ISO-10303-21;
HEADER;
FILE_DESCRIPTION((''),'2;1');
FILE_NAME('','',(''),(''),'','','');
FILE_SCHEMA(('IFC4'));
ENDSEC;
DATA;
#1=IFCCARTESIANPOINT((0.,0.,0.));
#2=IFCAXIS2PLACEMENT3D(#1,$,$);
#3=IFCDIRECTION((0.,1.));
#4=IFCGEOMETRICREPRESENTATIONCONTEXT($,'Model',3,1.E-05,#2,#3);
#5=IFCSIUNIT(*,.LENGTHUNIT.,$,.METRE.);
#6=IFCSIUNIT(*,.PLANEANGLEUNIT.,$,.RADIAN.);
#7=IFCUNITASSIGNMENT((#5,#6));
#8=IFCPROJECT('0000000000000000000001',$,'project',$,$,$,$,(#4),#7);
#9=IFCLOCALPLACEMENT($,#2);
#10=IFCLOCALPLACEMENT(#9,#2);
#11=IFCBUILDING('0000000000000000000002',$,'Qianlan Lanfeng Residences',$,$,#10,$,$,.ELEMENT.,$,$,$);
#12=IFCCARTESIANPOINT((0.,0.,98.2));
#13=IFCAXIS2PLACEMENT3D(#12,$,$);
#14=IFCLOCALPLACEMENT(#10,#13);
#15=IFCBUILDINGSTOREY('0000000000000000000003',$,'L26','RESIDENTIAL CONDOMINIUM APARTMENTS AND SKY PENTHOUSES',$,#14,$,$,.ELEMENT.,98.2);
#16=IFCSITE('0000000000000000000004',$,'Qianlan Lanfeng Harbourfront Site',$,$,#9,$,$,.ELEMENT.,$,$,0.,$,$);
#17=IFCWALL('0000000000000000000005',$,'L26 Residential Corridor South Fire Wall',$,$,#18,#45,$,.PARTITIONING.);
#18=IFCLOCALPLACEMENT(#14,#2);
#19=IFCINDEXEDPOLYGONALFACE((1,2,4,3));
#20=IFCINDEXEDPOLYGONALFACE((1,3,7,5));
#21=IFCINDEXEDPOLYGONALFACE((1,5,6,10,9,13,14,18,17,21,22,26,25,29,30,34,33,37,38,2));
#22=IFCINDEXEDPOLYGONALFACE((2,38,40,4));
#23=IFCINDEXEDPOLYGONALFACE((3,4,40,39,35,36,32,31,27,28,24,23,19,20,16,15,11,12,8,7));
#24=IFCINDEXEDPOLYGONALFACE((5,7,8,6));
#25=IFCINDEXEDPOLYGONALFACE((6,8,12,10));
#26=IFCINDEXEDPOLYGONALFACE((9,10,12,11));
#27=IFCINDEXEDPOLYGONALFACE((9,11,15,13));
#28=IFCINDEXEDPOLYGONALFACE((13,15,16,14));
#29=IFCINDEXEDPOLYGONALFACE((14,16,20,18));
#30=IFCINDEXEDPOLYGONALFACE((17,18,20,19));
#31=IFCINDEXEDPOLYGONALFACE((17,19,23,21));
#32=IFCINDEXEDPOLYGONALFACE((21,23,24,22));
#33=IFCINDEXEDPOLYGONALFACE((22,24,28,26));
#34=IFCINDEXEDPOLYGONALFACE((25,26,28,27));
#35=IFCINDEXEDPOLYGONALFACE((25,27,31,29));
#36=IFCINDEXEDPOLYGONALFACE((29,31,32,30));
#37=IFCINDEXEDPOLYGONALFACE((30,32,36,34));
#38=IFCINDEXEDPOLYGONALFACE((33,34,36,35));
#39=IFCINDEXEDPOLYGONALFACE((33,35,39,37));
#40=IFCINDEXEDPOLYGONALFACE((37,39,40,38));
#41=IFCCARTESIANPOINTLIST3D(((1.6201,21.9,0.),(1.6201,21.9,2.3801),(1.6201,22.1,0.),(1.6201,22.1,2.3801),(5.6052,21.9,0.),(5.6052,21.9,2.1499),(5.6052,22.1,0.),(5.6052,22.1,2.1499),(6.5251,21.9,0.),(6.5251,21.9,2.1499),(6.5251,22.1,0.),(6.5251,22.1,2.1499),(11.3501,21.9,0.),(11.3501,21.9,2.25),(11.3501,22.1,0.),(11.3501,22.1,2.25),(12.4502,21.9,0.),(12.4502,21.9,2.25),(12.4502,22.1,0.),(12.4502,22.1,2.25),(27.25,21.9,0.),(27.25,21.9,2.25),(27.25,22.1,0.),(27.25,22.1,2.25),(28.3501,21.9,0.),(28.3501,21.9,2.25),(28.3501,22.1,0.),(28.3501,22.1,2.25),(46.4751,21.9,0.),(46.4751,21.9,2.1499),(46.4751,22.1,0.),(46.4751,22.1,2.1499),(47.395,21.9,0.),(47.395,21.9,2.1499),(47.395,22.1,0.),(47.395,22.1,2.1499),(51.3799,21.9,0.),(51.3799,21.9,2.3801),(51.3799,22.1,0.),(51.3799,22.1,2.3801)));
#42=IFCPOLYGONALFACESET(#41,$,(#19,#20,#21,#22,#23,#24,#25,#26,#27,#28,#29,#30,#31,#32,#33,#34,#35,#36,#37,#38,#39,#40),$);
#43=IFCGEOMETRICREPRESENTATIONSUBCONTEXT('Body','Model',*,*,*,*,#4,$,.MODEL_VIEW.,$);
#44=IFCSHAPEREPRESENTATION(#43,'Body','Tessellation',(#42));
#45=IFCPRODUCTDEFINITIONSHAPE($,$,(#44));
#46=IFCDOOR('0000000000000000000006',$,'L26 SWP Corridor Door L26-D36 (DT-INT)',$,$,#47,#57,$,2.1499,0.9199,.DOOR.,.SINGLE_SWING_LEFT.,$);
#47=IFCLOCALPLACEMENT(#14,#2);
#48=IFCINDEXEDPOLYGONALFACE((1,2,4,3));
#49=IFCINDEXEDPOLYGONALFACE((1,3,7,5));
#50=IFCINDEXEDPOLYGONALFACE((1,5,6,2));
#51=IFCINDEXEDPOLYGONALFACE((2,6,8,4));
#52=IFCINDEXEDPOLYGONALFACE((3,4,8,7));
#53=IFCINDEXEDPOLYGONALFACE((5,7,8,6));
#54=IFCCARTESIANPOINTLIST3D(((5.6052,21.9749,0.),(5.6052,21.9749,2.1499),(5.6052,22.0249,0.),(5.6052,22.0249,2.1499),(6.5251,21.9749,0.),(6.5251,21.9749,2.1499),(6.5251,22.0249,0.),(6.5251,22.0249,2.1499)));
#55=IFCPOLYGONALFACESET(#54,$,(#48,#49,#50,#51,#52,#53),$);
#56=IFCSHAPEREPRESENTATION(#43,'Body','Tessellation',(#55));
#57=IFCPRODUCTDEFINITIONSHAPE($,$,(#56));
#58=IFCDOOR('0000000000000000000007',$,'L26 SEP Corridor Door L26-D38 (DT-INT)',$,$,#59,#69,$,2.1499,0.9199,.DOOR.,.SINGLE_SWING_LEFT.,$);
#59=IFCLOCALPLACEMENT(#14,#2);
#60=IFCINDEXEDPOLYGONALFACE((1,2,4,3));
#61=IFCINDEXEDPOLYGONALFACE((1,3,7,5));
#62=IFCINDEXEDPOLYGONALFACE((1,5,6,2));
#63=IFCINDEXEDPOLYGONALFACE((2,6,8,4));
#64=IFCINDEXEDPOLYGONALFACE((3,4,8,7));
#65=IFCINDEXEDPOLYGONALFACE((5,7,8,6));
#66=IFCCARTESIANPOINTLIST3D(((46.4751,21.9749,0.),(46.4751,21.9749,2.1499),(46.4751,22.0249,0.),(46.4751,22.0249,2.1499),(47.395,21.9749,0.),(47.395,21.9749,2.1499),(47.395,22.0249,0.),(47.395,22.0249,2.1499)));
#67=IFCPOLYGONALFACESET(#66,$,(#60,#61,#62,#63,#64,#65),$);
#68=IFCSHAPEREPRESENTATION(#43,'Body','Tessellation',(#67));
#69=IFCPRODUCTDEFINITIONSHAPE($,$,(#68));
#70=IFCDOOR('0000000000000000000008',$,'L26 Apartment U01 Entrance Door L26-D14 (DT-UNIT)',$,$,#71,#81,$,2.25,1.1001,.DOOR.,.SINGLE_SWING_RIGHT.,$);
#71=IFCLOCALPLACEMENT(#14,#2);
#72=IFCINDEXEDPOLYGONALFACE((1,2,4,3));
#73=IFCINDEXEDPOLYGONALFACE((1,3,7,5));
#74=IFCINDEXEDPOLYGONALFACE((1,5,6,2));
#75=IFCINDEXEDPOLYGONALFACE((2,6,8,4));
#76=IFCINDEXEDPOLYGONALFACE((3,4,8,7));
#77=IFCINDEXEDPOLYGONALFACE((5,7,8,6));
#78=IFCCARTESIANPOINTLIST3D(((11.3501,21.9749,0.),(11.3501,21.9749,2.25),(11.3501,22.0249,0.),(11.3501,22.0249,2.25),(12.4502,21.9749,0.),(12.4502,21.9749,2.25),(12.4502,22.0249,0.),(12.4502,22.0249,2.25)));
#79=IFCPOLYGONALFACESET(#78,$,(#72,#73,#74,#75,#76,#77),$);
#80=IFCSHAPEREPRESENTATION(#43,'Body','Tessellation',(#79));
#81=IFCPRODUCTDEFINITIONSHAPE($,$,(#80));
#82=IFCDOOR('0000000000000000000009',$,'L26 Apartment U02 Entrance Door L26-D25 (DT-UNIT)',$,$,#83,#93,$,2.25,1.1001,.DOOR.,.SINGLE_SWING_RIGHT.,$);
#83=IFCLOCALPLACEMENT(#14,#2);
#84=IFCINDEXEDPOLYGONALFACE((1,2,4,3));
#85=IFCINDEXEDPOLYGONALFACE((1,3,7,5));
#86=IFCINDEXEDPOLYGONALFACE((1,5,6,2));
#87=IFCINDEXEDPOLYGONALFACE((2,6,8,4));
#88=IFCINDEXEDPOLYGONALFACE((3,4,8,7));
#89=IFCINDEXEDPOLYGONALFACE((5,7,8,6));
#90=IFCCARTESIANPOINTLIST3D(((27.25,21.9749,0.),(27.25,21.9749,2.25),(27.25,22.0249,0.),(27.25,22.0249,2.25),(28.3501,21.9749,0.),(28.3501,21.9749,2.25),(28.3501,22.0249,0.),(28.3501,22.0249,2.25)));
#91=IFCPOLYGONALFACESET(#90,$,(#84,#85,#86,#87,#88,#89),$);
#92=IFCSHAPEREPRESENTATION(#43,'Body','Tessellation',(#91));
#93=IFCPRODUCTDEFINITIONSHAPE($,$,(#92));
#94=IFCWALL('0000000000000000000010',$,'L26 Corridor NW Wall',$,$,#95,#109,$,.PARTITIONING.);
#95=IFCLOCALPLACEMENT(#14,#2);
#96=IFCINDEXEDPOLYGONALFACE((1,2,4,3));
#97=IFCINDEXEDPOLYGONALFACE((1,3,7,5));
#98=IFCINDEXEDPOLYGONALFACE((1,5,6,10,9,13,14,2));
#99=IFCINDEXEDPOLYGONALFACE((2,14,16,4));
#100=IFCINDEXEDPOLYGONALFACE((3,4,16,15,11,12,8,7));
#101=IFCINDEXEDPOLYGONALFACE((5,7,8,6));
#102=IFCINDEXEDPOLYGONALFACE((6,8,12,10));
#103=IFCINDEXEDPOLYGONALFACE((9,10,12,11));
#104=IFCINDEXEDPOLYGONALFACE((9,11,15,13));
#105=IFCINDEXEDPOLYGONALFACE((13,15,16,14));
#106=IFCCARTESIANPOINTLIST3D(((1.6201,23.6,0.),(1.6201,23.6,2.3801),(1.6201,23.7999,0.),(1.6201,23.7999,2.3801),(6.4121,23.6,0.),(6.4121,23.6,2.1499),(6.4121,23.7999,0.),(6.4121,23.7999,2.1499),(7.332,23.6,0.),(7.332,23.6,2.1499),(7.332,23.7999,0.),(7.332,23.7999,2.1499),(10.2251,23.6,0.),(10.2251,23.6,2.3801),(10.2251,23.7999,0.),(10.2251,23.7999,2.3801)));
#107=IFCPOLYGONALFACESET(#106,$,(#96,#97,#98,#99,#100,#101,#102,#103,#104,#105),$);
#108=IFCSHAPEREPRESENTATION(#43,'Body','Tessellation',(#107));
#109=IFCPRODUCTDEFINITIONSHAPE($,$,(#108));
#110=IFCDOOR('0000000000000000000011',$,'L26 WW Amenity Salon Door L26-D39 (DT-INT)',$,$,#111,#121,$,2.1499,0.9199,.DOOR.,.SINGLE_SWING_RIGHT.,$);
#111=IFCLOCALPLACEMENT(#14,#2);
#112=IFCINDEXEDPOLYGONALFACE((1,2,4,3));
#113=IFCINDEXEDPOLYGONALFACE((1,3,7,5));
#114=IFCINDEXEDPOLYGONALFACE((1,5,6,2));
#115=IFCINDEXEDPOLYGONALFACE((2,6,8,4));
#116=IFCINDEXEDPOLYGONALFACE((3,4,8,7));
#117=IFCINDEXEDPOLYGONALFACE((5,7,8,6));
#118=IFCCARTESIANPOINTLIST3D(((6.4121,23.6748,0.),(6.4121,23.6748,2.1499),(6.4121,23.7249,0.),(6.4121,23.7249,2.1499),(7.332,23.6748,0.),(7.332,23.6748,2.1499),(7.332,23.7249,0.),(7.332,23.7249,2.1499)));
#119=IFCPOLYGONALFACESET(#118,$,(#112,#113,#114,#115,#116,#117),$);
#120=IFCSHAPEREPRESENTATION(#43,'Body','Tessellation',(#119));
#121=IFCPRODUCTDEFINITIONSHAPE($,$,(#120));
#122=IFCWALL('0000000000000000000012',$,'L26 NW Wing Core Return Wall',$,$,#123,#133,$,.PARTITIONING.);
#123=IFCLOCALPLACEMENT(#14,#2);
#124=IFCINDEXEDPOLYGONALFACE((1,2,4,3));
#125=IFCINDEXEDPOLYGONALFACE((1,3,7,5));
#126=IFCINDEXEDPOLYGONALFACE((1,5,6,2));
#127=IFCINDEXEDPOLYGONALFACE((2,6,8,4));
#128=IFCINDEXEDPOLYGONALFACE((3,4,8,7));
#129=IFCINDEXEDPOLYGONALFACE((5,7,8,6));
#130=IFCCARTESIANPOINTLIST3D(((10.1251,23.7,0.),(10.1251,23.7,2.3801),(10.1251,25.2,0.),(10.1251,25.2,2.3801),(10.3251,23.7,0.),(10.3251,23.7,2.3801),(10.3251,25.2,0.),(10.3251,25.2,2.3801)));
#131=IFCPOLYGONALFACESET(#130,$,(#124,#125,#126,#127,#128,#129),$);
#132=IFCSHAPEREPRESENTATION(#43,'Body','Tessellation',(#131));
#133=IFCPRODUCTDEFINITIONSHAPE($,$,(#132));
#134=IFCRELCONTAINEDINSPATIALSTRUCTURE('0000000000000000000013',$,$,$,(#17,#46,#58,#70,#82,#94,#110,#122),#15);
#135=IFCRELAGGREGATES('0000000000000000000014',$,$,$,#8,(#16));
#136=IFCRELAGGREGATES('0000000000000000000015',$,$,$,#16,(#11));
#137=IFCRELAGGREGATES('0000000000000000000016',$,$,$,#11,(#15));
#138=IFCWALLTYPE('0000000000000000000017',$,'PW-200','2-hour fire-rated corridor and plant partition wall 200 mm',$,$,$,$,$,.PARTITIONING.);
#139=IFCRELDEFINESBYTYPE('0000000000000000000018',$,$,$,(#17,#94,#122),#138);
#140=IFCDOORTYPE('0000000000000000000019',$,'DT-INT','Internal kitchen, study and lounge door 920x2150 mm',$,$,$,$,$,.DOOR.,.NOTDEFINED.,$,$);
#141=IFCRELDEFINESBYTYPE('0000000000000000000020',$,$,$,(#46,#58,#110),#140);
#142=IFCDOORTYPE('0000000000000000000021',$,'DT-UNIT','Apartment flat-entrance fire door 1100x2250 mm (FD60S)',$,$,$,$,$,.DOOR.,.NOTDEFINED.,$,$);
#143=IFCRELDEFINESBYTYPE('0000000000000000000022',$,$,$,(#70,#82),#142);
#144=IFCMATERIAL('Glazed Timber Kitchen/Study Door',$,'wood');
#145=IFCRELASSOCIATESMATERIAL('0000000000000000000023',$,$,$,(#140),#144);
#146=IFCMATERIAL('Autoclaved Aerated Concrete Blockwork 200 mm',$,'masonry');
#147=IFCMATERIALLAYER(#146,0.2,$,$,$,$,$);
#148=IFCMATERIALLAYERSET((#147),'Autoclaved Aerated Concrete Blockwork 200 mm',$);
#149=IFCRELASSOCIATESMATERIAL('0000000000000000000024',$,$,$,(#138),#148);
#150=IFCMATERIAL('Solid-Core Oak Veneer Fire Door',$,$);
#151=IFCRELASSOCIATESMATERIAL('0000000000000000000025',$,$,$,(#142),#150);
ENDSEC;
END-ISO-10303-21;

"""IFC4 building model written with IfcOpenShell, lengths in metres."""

from ifc_helpers import new_model, si_unit, direction, frame, frame_2d, origin, place, context, subcontext, project, spatial, rectangle, extrude, material, layer, layer_set, type_object, element, fill, save


model = new_model("IFC4")

# Units and contexts
model_context = context("Model", 3, precision=1e-05, world=origin(), true_north=direction((0.0, 1.0)))
body_context = subcontext(model_context, "Body", "Model", "MODEL_VIEW")
ifc_project = project(units=[si_unit("LENGTHUNIT", "METRE"), si_unit("PLANEANGLEUNIT", "RADIAN")], contexts=[model_context])

# Site, building, storey
site_placement = place(None, origin())
site = spatial("IfcSite", under=ifc_project, at=site_placement, Name="Qianlan Lanfeng Harbourfront Site", CompositionType="ELEMENT", RefElevation=0.0)
building_placement = place(site_placement, origin())
building = spatial("IfcBuilding", under=site, at=building_placement, Name="Qianlan Lanfeng Residences", CompositionType="ELEMENT")
storey_placement = place(building_placement, frame((0.0, 0.0, 98.2)))
storey = spatial("IfcBuildingStorey", under=building, at=storey_placement, Name="L26", Description="RESIDENTIAL CONDOMINIUM APARTMENTS AND SKY PENTHOUSES", CompositionType="ELEMENT", Elevation=98.2)

# Shared definitions
ifc_material_1 = material(Name="Glazed Timber Kitchen/Study Door", Category="wood")
door_type_1 = type_object("IfcDoorType", Name="DT-INT", Description="Internal kitchen, study and lounge door 920x2150 mm", OperationType="NOTDEFINED", PredefinedType="DOOR", material=ifc_material_1)

# Wall, openings, doors
ifc_material_2 = material(Name="Autoclaved Aerated Concrete Blockwork 200 mm", Category="masonry")
ifc_layer_1 = layer(ifc_material_2, 0.2)
ifc_layer_set_1 = layer_set([ifc_layer_1], Name="Autoclaved Aerated Concrete Blockwork 200 mm")
wall_type_1 = type_object("IfcWallType", Name="PW-200", Description="2-hour fire-rated corridor and plant partition wall 200 mm", PredefinedType="PARTITIONING", material=ifc_layer_set_1)
wall_1_placement = place(storey_placement, frame((1.6201, 22.0, 0.0), z_axis=(0.0, 0.0, 1.0), x_axis=(1.0, 0.0, 0.0)))
wall_1 = element("IfcWall", 1, at=wall_1_placement, inside=storey, type_object=wall_type_1, Name="L26 Residential Corridor South Fire Wall", PredefinedType="PARTITIONING", context=body_context, shape_type="SweptSolid", body=[
    extrude(rectangle(XDim=49.7598, YDim=0.2, at=frame_2d((24.8799, 0.0))), origin(), (0.0, 0.0, 1.0), 2.3801),
])
opening_1_placement = place(wall_1_placement, frame((9.73, 0.0, 0.0)))
opening_1 = element("IfcOpeningElement", 2, at=opening_1_placement, cuts=wall_1, PredefinedType="OPENING", context=body_context, shape_type="SweptSolid", body=[
    extrude(rectangle(XDim=1.1001, YDim=2.25, at=frame_2d((0.55, 1.125))), frame((0.0, 0.1099, 0.0), z_axis=(0.0, -1.0, 0.0), x_axis=(1.0, 0.0, 0.0)), (0.0, 0.0, 1.0), 0.22),
])
opening_2_placement = place(wall_1_placement, frame((25.6299, 0.0, 0.0)))
opening_2 = element("IfcOpeningElement", 3, at=opening_2_placement, cuts=wall_1, PredefinedType="OPENING", context=body_context, shape_type="SweptSolid", body=[
    extrude(rectangle(XDim=1.1001, YDim=2.25, at=frame_2d((0.55, 1.125))), frame((0.0, 0.1099, 0.0), z_axis=(0.0, -1.0, 0.0), x_axis=(1.0, 0.0, 0.0)), (0.0, 0.0, 1.0), 0.22),
])
opening_3_placement = place(wall_1_placement, frame((3.9851, 0.0, 0.0)))
opening_3 = element("IfcOpeningElement", 4, at=opening_3_placement, cuts=wall_1, PredefinedType="OPENING", context=body_context, shape_type="SweptSolid", body=[
    extrude(rectangle(XDim=0.9199, YDim=2.1499, at=frame_2d((0.46, 1.075))), frame((0.0, 0.1099, 0.0), z_axis=(0.0, -1.0, 0.0), x_axis=(1.0, 0.0, 0.0)), (0.0, 0.0, 1.0), 0.22),
])
opening_4_placement = place(wall_1_placement, frame((44.855, 0.0, 0.0)))
opening_4 = element("IfcOpeningElement", 5, at=opening_4_placement, cuts=wall_1, PredefinedType="OPENING", context=body_context, shape_type="SweptSolid", body=[
    extrude(rectangle(XDim=0.9199, YDim=2.1499, at=frame_2d((0.46, 1.075))), frame((0.0, 0.1099, 0.0), z_axis=(0.0, -1.0, 0.0), x_axis=(1.0, 0.0, 0.0)), (0.0, 0.0, 1.0), 0.22),
])
door_1_placement = place(opening_3_placement, origin())
door_1 = element("IfcDoor", 6, at=door_1_placement, inside=storey, type_object=door_type_1, Name="L26 SWP Corridor Door L26-D36 (DT-INT)", OperationType="SINGLE_SWING_LEFT", OverallHeight=2.1499, OverallWidth=0.9199, PredefinedType="DOOR", context=body_context, shape_type="SweptSolid", body=[
    extrude(rectangle(XDim=0.9199, YDim=2.1499, at=frame_2d((0.46, 1.075))), frame((0.0, 0.0249, 0.0), z_axis=(0.0, -1.0, 0.0), x_axis=(1.0, 0.0, 0.0)), (0.0, 0.0, 1.0), 0.05),
])
fill(opening_3, door_1)
door_2_placement = place(opening_4_placement, origin())
door_2 = element("IfcDoor", 7, at=door_2_placement, inside=storey, type_object=door_type_1, Name="L26 SEP Corridor Door L26-D38 (DT-INT)", OperationType="SINGLE_SWING_LEFT", OverallHeight=2.1499, OverallWidth=0.9199, PredefinedType="DOOR", context=body_context, shape_type="SweptSolid", body=[
    extrude(rectangle(XDim=0.9199, YDim=2.1499, at=frame_2d((0.46, 1.075))), frame((0.0, 0.0249, 0.0), z_axis=(0.0, -1.0, 0.0), x_axis=(1.0, 0.0, 0.0)), (0.0, 0.0, 1.0), 0.05),
])
fill(opening_4, door_2)
ifc_material_3 = material(Name="Solid-Core Oak Veneer Fire Door")
door_type_2 = type_object("IfcDoorType", Name="DT-UNIT", Description="Apartment flat-entrance fire door 1100x2250 mm (FD60S)", OperationType="NOTDEFINED", PredefinedType="DOOR", material=ifc_material_3)
door_3_placement = place(opening_1_placement, origin())
door_3 = element("IfcDoor", 8, at=door_3_placement, inside=storey, type_object=door_type_2, Name="L26 Apartment U01 Entrance Door L26-D14 (DT-UNIT)", OperationType="SINGLE_SWING_RIGHT", OverallHeight=2.25, OverallWidth=1.1001, PredefinedType="DOOR", context=body_context, shape_type="SweptSolid", body=[
    extrude(rectangle(XDim=1.1001, YDim=2.25, at=frame_2d((0.55, 1.125))), frame((0.0, 0.0249, 0.0), z_axis=(0.0, -1.0, 0.0), x_axis=(1.0, 0.0, 0.0)), (0.0, 0.0, 1.0), 0.05),
])
fill(opening_1, door_3)
door_4_placement = place(opening_2_placement, origin())
door_4 = element("IfcDoor", 9, at=door_4_placement, inside=storey, type_object=door_type_2, Name="L26 Apartment U02 Entrance Door L26-D25 (DT-UNIT)", OperationType="SINGLE_SWING_RIGHT", OverallHeight=2.25, OverallWidth=1.1001, PredefinedType="DOOR", context=body_context, shape_type="SweptSolid", body=[
    extrude(rectangle(XDim=1.1001, YDim=2.25, at=frame_2d((0.55, 1.125))), frame((0.0, 0.0249, 0.0), z_axis=(0.0, -1.0, 0.0), x_axis=(1.0, 0.0, 0.0)), (0.0, 0.0, 1.0), 0.05),
])
fill(opening_2, door_4)

# Wall, opening, door
wall_2_placement = place(storey_placement, frame((1.6201, 23.7, 0.0), z_axis=(0.0, 0.0, 1.0), x_axis=(1.0, 0.0, 0.0)))
wall_2 = element("IfcWall", 10, at=wall_2_placement, inside=storey, type_object=wall_type_1, Name="L26 Corridor NW Wall", PredefinedType="PARTITIONING", context=body_context, shape_type="SweptSolid", body=[
    extrude(rectangle(XDim=8.605, YDim=0.2, at=frame_2d((4.3025, 0.0))), origin(), (0.0, 0.0, 1.0), 2.3801),
])
opening_5_placement = place(wall_2_placement, frame((4.792, 0.0, 0.0)))
opening_5 = element("IfcOpeningElement", 11, at=opening_5_placement, cuts=wall_2, PredefinedType="OPENING", context=body_context, shape_type="SweptSolid", body=[
    extrude(rectangle(XDim=0.9199, YDim=2.1499, at=frame_2d((0.46, 1.075))), frame((0.0, 0.1099, 0.0), z_axis=(0.0, -1.0, 0.0), x_axis=(1.0, 0.0, 0.0)), (0.0, 0.0, 1.0), 0.22),
])
door_5_placement = place(opening_5_placement, origin())
door_5 = element("IfcDoor", 12, at=door_5_placement, inside=storey, type_object=door_type_1, Name="L26 WW Amenity Salon Door L26-D39 (DT-INT)", OperationType="SINGLE_SWING_RIGHT", OverallHeight=2.1499, OverallWidth=0.9199, PredefinedType="DOOR", context=body_context, shape_type="SweptSolid", body=[
    extrude(rectangle(XDim=0.9199, YDim=2.1499, at=frame_2d((0.46, 1.075))), frame((0.0, 0.0249, 0.0), z_axis=(0.0, -1.0, 0.0), x_axis=(1.0, 0.0, 0.0)), (0.0, 0.0, 1.0), 0.05),
])
fill(opening_5, door_5)

# Wall
wall_3_placement = place(storey_placement, frame((10.2251, 23.7, 0.0), z_axis=(0.0, 0.0, 1.0), x_axis=(0.0, 1.0, 0.0)))
element("IfcWall", 13, at=wall_3_placement, inside=storey, type_object=wall_type_1, Name="L26 NW Wing Core Return Wall", PredefinedType="PARTITIONING", context=body_context, shape_type="SweptSolid", body=[
    extrude(rectangle(XDim=1.5, YDim=0.2, at=frame_2d((0.75, 0.0))), origin(), (0.0, 0.0, 1.0), 2.3801),
])

save(model, "model.ifc")
